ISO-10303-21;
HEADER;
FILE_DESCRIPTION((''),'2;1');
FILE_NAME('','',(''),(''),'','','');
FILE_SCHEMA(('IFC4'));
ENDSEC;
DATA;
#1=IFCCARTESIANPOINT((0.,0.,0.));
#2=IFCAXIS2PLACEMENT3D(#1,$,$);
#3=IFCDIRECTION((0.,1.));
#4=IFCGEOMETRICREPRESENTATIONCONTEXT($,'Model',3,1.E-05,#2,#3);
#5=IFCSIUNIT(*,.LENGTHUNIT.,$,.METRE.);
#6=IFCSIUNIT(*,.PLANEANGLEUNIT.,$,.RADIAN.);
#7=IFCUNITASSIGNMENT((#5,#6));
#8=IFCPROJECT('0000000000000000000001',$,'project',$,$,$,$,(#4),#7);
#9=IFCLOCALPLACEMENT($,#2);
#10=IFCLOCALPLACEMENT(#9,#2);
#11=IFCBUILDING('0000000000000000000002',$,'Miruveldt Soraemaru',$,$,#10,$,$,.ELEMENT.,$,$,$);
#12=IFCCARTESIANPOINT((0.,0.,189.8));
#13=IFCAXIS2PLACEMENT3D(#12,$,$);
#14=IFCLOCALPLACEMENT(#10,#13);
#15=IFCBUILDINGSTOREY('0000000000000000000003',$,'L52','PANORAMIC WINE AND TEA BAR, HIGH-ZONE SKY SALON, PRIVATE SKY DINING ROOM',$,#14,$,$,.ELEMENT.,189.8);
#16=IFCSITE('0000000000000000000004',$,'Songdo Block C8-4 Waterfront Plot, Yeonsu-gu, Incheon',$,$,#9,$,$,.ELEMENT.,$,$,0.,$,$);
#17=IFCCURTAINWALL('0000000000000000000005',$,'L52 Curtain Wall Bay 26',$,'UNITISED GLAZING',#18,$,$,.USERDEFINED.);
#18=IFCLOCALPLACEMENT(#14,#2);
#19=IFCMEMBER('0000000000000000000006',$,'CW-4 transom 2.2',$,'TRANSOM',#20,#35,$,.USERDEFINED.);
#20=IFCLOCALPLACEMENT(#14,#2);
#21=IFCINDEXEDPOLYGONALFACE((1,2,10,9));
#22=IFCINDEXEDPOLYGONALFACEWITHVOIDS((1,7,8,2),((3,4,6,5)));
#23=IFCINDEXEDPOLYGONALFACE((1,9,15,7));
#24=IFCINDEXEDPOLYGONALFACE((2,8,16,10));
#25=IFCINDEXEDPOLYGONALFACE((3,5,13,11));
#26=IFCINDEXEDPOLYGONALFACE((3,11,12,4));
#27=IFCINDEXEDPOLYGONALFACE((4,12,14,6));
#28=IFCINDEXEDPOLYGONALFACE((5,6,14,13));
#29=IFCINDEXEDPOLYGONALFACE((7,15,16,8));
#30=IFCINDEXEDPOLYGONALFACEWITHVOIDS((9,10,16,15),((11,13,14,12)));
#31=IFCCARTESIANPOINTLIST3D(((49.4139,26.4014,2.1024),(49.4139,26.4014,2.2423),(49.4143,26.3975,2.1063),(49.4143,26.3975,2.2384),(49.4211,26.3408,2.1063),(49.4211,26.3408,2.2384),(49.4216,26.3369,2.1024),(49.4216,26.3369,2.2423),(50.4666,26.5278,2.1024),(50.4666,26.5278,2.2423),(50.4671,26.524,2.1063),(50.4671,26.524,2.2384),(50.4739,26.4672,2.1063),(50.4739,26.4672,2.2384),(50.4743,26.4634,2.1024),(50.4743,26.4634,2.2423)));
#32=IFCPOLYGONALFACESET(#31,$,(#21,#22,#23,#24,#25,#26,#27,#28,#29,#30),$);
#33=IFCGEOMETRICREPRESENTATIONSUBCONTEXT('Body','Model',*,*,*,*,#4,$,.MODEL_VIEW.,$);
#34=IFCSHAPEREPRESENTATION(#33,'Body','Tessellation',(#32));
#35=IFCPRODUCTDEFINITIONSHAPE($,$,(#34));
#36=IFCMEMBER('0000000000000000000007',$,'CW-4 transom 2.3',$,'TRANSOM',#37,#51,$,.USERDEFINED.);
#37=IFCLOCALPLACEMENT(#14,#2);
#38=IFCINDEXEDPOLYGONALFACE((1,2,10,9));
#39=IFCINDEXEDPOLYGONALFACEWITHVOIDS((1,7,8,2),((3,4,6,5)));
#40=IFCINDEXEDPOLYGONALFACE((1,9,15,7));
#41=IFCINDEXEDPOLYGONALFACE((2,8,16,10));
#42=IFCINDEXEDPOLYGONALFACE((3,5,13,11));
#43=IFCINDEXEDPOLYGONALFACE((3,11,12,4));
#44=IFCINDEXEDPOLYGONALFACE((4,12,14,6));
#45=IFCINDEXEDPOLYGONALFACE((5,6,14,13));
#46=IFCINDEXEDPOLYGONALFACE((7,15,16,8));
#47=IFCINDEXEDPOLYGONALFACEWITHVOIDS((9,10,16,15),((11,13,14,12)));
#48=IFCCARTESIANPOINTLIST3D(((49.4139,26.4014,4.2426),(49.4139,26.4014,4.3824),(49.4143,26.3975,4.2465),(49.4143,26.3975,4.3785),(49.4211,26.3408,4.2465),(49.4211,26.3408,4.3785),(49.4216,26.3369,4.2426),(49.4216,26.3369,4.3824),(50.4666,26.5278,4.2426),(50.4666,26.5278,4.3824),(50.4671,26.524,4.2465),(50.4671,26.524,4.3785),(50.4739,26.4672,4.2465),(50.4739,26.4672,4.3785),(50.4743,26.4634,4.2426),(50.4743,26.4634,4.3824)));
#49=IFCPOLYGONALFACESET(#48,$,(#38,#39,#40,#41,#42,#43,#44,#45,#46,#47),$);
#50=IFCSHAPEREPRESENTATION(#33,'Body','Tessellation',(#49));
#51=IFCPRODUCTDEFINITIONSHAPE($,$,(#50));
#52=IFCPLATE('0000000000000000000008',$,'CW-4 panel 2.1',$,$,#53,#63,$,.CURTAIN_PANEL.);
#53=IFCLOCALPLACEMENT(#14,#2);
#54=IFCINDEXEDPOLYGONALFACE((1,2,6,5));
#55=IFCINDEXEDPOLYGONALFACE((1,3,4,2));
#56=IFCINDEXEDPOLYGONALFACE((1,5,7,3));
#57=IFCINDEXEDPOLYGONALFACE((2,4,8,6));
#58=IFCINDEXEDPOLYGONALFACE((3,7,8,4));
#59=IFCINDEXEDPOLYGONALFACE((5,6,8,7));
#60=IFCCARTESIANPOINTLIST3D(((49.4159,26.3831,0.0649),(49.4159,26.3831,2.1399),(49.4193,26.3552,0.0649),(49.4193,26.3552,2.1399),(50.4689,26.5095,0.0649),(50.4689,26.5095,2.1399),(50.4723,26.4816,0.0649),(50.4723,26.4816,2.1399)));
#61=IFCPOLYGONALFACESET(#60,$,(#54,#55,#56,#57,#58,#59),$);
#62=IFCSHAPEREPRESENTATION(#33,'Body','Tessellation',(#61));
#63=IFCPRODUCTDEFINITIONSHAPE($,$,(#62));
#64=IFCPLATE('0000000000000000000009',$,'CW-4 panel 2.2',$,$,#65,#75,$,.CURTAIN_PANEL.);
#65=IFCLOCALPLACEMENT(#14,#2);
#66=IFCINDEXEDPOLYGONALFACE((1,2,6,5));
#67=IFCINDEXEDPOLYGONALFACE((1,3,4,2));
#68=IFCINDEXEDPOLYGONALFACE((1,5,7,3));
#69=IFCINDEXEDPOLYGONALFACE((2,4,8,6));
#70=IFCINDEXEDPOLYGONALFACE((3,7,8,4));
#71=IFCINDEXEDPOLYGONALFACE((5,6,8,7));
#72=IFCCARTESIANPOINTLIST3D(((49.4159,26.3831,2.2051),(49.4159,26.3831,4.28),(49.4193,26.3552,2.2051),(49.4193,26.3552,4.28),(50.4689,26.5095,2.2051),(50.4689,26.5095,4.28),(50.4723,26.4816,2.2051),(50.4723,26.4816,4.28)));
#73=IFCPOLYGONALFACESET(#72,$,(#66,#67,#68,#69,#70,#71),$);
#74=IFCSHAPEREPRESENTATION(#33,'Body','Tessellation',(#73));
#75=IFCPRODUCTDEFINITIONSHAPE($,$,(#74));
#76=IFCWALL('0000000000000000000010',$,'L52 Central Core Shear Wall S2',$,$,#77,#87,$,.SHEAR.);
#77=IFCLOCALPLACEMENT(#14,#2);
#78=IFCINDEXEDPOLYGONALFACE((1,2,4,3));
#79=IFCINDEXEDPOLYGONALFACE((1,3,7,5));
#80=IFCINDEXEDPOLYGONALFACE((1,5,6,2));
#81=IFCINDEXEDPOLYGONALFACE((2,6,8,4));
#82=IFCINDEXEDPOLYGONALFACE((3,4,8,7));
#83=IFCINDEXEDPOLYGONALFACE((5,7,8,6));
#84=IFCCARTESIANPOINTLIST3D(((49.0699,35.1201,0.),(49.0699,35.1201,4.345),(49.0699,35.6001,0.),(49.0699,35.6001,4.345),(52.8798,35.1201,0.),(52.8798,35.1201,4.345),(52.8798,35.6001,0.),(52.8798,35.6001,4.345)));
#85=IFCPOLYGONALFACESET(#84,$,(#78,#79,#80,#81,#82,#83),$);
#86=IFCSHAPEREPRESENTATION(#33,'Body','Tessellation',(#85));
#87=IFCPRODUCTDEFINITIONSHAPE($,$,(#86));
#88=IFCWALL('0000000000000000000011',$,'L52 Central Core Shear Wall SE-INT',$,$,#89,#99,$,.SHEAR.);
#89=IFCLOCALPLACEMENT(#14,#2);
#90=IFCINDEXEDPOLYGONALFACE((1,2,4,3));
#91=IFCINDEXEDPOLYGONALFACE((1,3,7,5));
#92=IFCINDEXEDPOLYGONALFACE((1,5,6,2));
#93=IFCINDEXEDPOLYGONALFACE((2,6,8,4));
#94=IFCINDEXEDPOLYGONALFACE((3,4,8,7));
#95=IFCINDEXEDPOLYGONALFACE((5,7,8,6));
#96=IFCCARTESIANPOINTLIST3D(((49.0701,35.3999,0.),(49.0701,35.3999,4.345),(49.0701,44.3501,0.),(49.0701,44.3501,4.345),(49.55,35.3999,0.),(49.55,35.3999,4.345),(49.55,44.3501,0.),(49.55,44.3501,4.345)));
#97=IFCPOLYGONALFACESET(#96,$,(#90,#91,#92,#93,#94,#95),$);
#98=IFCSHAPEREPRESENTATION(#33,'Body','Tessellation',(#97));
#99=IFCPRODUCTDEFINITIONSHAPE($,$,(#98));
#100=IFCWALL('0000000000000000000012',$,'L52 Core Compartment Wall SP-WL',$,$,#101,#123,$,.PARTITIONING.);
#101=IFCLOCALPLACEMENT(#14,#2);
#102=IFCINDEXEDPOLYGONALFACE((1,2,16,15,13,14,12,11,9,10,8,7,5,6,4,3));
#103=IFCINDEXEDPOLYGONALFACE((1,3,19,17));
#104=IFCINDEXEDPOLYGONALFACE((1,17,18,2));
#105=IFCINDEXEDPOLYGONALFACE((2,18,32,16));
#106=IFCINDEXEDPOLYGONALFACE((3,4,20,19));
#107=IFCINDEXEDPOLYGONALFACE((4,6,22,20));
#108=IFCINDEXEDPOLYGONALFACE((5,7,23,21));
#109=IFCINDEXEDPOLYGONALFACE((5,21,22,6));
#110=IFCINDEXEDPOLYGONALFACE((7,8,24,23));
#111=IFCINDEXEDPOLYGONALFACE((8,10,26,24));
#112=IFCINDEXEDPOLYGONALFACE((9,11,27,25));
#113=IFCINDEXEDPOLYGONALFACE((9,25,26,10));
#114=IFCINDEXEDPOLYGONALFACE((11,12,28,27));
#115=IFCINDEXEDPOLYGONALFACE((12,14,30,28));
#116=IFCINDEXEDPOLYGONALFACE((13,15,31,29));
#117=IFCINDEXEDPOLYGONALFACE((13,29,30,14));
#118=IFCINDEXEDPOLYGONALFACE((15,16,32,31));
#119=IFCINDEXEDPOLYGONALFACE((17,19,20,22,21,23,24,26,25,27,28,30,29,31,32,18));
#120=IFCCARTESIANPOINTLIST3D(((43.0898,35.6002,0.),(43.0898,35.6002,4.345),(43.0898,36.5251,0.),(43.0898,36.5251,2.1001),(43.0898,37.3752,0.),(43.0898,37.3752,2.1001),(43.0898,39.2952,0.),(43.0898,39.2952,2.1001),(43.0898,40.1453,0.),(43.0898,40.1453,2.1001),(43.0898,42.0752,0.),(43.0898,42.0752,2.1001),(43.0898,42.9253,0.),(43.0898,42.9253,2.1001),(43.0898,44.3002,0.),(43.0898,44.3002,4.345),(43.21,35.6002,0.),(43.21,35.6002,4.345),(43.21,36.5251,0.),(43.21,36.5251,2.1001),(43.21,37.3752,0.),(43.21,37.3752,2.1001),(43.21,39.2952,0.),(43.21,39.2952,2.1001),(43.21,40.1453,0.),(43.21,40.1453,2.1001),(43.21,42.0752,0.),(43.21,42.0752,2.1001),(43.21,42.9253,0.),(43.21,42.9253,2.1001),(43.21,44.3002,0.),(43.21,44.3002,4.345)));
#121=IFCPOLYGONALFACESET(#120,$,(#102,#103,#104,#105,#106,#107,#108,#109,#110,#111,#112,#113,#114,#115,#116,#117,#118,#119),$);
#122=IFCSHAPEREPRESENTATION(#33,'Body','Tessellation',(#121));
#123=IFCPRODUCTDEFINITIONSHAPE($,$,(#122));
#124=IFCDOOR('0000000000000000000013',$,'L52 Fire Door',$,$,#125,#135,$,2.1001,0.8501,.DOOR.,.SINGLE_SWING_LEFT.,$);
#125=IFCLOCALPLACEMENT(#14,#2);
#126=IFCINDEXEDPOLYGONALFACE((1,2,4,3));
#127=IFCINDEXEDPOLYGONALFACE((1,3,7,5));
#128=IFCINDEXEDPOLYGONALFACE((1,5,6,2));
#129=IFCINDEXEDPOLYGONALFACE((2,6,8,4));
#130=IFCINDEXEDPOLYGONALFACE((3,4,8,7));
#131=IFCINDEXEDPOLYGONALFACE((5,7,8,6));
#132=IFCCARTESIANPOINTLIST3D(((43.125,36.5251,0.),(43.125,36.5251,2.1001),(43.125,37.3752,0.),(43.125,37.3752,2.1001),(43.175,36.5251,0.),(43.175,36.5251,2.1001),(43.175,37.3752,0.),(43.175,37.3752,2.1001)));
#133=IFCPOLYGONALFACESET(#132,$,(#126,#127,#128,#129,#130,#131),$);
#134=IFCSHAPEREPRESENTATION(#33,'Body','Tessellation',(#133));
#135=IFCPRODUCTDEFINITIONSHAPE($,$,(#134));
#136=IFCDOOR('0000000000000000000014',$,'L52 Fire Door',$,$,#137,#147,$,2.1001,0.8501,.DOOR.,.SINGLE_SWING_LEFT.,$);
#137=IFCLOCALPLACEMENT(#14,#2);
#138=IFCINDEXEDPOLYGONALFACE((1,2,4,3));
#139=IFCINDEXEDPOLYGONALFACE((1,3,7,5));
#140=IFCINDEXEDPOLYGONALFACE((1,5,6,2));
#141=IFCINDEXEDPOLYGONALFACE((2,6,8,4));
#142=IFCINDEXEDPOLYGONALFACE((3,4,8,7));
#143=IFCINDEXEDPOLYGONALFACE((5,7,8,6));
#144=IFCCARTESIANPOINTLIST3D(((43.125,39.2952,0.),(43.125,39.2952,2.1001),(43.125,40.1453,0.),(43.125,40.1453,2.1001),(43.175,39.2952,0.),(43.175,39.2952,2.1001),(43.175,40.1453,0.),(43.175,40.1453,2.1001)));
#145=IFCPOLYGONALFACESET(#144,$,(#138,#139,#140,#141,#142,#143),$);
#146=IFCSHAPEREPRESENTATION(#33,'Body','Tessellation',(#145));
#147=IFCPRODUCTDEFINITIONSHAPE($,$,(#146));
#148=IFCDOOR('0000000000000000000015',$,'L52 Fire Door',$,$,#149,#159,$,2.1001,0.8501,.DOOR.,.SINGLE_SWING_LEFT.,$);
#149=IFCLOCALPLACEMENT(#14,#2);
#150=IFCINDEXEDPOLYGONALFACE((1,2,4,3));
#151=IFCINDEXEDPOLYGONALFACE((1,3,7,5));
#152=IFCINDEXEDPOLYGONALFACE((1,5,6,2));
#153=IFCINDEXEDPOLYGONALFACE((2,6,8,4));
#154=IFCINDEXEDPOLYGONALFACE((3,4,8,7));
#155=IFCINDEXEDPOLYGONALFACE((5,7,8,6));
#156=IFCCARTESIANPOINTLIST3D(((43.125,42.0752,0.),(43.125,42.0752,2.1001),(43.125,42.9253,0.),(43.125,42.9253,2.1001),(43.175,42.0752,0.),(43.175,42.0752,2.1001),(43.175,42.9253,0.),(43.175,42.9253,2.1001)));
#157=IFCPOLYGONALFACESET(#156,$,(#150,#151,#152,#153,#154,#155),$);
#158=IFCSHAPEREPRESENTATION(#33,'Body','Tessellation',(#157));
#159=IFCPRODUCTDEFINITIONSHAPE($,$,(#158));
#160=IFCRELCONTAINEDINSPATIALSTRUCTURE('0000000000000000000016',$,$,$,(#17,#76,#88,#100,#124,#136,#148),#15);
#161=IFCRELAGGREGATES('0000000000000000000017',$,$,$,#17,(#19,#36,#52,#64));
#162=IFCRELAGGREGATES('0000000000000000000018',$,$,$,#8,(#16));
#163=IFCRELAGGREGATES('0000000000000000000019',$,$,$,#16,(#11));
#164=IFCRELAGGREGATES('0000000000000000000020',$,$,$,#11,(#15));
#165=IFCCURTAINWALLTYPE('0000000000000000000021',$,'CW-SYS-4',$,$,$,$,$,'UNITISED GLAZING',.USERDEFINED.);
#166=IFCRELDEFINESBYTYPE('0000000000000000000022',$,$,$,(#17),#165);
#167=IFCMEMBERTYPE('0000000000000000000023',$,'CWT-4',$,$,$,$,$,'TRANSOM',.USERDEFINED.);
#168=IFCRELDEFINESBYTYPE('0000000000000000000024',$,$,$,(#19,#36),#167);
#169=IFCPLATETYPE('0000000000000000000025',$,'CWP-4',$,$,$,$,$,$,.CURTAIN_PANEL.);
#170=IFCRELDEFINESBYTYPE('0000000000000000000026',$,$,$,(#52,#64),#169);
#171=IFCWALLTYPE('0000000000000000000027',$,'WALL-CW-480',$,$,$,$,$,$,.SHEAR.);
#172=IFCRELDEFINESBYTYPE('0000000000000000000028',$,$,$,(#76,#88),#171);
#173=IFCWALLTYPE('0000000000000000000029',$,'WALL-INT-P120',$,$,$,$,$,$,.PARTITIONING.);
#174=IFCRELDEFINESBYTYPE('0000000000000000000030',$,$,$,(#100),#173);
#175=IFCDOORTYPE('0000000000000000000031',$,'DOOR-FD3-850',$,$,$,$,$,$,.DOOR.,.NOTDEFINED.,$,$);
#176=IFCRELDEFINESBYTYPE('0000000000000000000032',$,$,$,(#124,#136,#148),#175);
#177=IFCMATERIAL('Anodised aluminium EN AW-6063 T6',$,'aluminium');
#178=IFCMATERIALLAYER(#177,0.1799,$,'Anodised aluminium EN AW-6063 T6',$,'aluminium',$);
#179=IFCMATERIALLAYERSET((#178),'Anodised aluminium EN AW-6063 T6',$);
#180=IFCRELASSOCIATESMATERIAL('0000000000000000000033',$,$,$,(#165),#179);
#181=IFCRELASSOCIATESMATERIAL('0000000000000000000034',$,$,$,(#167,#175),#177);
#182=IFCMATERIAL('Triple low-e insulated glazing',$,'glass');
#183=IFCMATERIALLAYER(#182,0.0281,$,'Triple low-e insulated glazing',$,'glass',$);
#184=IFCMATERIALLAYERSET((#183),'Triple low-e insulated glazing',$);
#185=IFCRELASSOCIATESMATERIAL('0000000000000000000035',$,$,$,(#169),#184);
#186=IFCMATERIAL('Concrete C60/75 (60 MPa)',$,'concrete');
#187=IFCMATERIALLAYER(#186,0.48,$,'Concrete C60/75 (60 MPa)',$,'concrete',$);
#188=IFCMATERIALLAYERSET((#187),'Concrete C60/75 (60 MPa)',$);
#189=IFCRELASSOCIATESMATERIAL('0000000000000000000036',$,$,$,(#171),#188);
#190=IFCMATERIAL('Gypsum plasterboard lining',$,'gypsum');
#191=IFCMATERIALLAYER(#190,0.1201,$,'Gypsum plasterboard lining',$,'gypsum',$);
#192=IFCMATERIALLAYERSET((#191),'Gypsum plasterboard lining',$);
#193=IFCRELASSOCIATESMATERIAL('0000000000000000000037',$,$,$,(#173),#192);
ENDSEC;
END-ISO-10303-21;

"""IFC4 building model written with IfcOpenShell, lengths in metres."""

from ifc_helpers import new_model, si_unit, direction, frame, frame_2d, origin, origin_2d, place, context, subcontext, project, spatial, rectangle, hollow_rectangle, extrude, material, layer, layer_set, material_profile, profile_set, type_object, element, fill, aggregate, save


model = new_model("IFC4")

# Units and contexts
model_context = context("Model", 3, precision=1e-05, world=origin(), true_north=direction((0.0, 1.0)))
body_context = subcontext(model_context, "Body", "Model", "MODEL_VIEW")
ifc_project = project(units=[si_unit("LENGTHUNIT", "METRE"), si_unit("PLANEANGLEUNIT", "RADIAN")], contexts=[model_context])

# Site, building, storey
site_placement = place(None, origin())
site = spatial("IfcSite", under=ifc_project, at=site_placement, Name="Songdo Block C8-4 Waterfront Plot, Yeonsu-gu, Incheon", CompositionType="ELEMENT", RefElevation=0.0)
building_placement = place(site_placement, origin())
building = spatial("IfcBuilding", under=site, at=building_placement, Name="Miruveldt Soraemaru", CompositionType="ELEMENT")
storey_placement = place(building_placement, frame((0.0, 0.0, 189.8)))
storey = spatial("IfcBuildingStorey", under=building, at=storey_placement, Name="L52", Description="PANORAMIC WINE AND TEA BAR, HIGH-ZONE SKY SALON, PRIVATE SKY DINING ROOM", CompositionType="ELEMENT", Elevation=189.8)

# Curtain wall, members, plates
ifc_material_1 = material(Name="Anodised aluminium EN AW-6063 T6", Category="aluminium")
ifc_layer_1 = layer(ifc_material_1, 0.1799, Name="Anodised aluminium EN AW-6063 T6", Category="aluminium")
ifc_layer_set_1 = layer_set([ifc_layer_1], Name="Anodised aluminium EN AW-6063 T6")
curtain_wall_type = type_object("IfcCurtainWallType", Name="CW-SYS-4", ElementType="UNITISED GLAZING", PredefinedType="USERDEFINED", material=ifc_layer_set_1)
curtain_wall_placement = place(storey_placement, origin())
curtain_wall = element("IfcCurtainWall", 1, at=curtain_wall_placement, inside=storey, type_object=curtain_wall_type, Name="L52 Curtain Wall Bay 26", ObjectType="UNITISED GLAZING", PredefinedType="USERDEFINED")
ifc_material_profile_1 = material_profile(ifc_material_1, hollow_rectangle(XDim=0.0649, YDim=0.1399, WallThickness=0.0039, at=origin_2d()), Name="Anodised aluminium EN AW-6063 T6", Category="aluminium")
ifc_profile_set_1 = profile_set([ifc_material_profile_1], Name="Anodised aluminium EN AW-6063 T6")
member_type = type_object("IfcMemberType", Name="CWT-4", ElementType="TRANSOM", PredefinedType="USERDEFINED", material=ifc_profile_set_1)
member_1_placement = place(storey_placement, frame((49.4177, 26.3691, 2.1724), z_axis=(0.992862, 0.119272, 0.0), x_axis=(-0.119272, 0.992862, 0.0)))
member_1 = element("IfcMember", 2, at=member_1_placement, type_object=member_type, Name="CW-4 transom 2.2", ObjectType="TRANSOM", PredefinedType="USERDEFINED", context=body_context, shape_type="SweptSolid", body=[
    extrude(hollow_rectangle(XDim=0.0649, YDim=0.1399, WallThickness=0.0039, at=origin_2d()), origin(), (0.0, 0.0, 1.0), 1.0603),
])
member_2_placement = place(storey_placement, frame((49.4177, 26.3691, 4.3125), z_axis=(0.992862, 0.119272, 0.0), x_axis=(-0.119272, 0.992862, 0.0)))
member_2 = element("IfcMember", 3, at=member_2_placement, type_object=member_type, Name="CW-4 transom 2.3", ObjectType="TRANSOM", PredefinedType="USERDEFINED", context=body_context, shape_type="SweptSolid", body=[
    extrude(hollow_rectangle(XDim=0.0649, YDim=0.1399, WallThickness=0.0039, at=origin_2d()), origin(), (0.0, 0.0, 1.0), 1.0603),
])
ifc_material_2 = material(Name="Triple low-e insulated glazing", Category="glass")
ifc_layer_2 = layer(ifc_material_2, 0.0281, Name="Triple low-e insulated glazing", Category="glass")
ifc_layer_set_2 = layer_set([ifc_layer_2], Name="Triple low-e insulated glazing")
plate_type = type_object("IfcPlateType", Name="CWP-4", PredefinedType="CURTAIN_PANEL", material=ifc_layer_set_2)
plate_1_placement = place(storey_placement, frame((49.9441, 26.4324, 0.0649), z_axis=(0.0, 0.0, 1.0), x_axis=(0.992874, 0.119171, 0.0)))
plate_1 = element("IfcPlate", 4, at=plate_1_placement, type_object=plate_type, Name="CW-4 panel 2.1", PredefinedType="CURTAIN_PANEL", context=body_context, shape_type="SweptSolid", body=[
    extrude(rectangle(XDim=1.0605, YDim=0.0281, at=origin_2d()), origin(), (0.0, 0.0, 1.0), 2.075),
])
plate_2_placement = place(storey_placement, frame((49.9441, 26.4324, 2.2051), z_axis=(0.0, 0.0, 1.0), x_axis=(0.992874, 0.119171, 0.0)))
plate_2 = element("IfcPlate", 5, at=plate_2_placement, type_object=plate_type, Name="CW-4 panel 2.2", PredefinedType="CURTAIN_PANEL", context=body_context, shape_type="SweptSolid", body=[
    extrude(rectangle(XDim=1.0605, YDim=0.0281, at=origin_2d()), origin(), (0.0, 0.0, 1.0), 2.075),
])
aggregate(curtain_wall, [member_1, member_2, plate_1, plate_2])

# Walls
ifc_material_3 = material(Name="Concrete C60/75 (60 MPa)", Category="concrete")
ifc_layer_3 = layer(ifc_material_3, 0.48, Name="Concrete C60/75 (60 MPa)", Category="concrete")
ifc_layer_set_3 = layer_set([ifc_layer_3], Name="Concrete C60/75 (60 MPa)")
wall_type_1 = type_object("IfcWallType", Name="WALL-CW-480", PredefinedType="SHEAR", material=ifc_layer_set_3)
wall_1_placement = place(storey_placement, frame((49.0701, 35.3601, 0.0), z_axis=(0.0, 0.0, 1.0), x_axis=(1.0, 0.0, 0.0)))
element("IfcWall", 6, at=wall_1_placement, inside=storey, type_object=wall_type_1, Name="L52 Central Core Shear Wall S2", PredefinedType="SHEAR", context=body_context, shape_type="SweptSolid", body=[
    extrude(rectangle(XDim=3.8098, YDim=0.48, at=frame_2d((1.9048, 0.0))), origin(), (0.0, 0.0, 1.0), 4.345),
])
wall_2_placement = place(storey_placement, frame((49.3101, 35.3999, 0.0), z_axis=(0.0, 0.0, 1.0), x_axis=(0.0, 1.0, 0.0)))
element("IfcWall", 7, at=wall_2_placement, inside=storey, type_object=wall_type_1, Name="L52 Central Core Shear Wall SE-INT", PredefinedType="SHEAR", context=body_context, shape_type="SweptSolid", body=[
    extrude(rectangle(XDim=8.9502, YDim=0.48, at=frame_2d((4.4751, 0.0))), origin(), (0.0, 0.0, 1.0), 4.345),
])

# Wall, openings, doors
ifc_material_4 = material(Name="Gypsum plasterboard lining", Category="gypsum")
ifc_layer_4 = layer(ifc_material_4, 0.1201, Name="Gypsum plasterboard lining", Category="gypsum")
ifc_layer_set_4 = layer_set([ifc_layer_4], Name="Gypsum plasterboard lining")
wall_type_2 = type_object("IfcWallType", Name="WALL-INT-P120", PredefinedType="PARTITIONING", material=ifc_layer_set_4)
wall_3_placement = place(storey_placement, frame((43.1499, 35.6001, 0.0), z_axis=(0.0, 0.0, 1.0), x_axis=(0.0, 1.0, 0.0)))
wall_3 = element("IfcWall", 8, at=wall_3_placement, inside=storey, type_object=wall_type_2, Name="L52 Core Compartment Wall SP-WL", PredefinedType="PARTITIONING", context=body_context, shape_type="SweptSolid", body=[
    extrude(rectangle(XDim=8.7, YDim=0.1201, at=frame_2d((4.3501, 0.0))), origin(), (0.0, 0.0, 1.0), 4.345),
])
opening_1_placement = place(wall_3_placement, frame((0.925, 0.0, 0.0)))
opening_1 = element("IfcOpeningElement", 9, at=opening_1_placement, cuts=wall_3, PredefinedType="OPENING", context=body_context, shape_type="SweptSolid", body=[
    extrude(rectangle(XDim=0.8501, YDim=2.1001, at=frame_2d((0.425, 1.05))), frame((0.0, 0.0701, 0.0), z_axis=(0.0, -1.0, 0.0), x_axis=(1.0, 0.0, 0.0)), (0.0, 0.0, 1.0), 0.1401),
])
opening_2_placement = place(wall_3_placement, frame((3.6951, 0.0, 0.0)))
opening_2 = element("IfcOpeningElement", 10, at=opening_2_placement, cuts=wall_3, PredefinedType="OPENING", context=body_context, shape_type="SweptSolid", body=[
    extrude(rectangle(XDim=0.8501, YDim=2.1001, at=frame_2d((0.425, 1.05))), frame((0.0, 0.0701, 0.0), z_axis=(0.0, -1.0, 0.0), x_axis=(1.0, 0.0, 0.0)), (0.0, 0.0, 1.0), 0.1401),
])
opening_3_placement = place(wall_3_placement, frame((6.4751, 0.0, 0.0)))
opening_3 = element("IfcOpeningElement", 11, at=opening_3_placement, cuts=wall_3, PredefinedType="OPENING", context=body_context, shape_type="SweptSolid", body=[
    extrude(rectangle(XDim=0.8501, YDim=2.1001, at=frame_2d((0.425, 1.05))), frame((0.0, 0.0701, 0.0), z_axis=(0.0, -1.0, 0.0), x_axis=(1.0, 0.0, 0.0)), (0.0, 0.0, 1.0), 0.1401),
])
door_type_1 = type_object("IfcDoorType", Name="DOOR-FD3-850", OperationType="NOTDEFINED", PredefinedType="DOOR", material=ifc_material_1)
door_1_placement = place(opening_1_placement, origin())
door_1 = element("IfcDoor", 12, at=door_1_placement, inside=storey, type_object=door_type_1, Name="L52 Fire Door", OperationType="SINGLE_SWING_LEFT", OverallHeight=2.1001, OverallWidth=0.8501, PredefinedType="DOOR", context=body_context, shape_type="SweptSolid", body=[
    extrude(rectangle(XDim=0.8501, YDim=2.1001, at=frame_2d((0.425, 1.05))), frame((0.0, 0.0249, 0.0), z_axis=(0.0, -1.0, 0.0), x_axis=(1.0, 0.0, 0.0)), (0.0, 0.0, 1.0), 0.05),
])
fill(opening_1, door_1)
door_2_placement = place(opening_2_placement, origin())
door_2 = element("IfcDoor", 13, at=door_2_placement, inside=storey, type_object=door_type_1, Name="L52 Fire Door", OperationType="SINGLE_SWING_LEFT", OverallHeight=2.1001, OverallWidth=0.8501, PredefinedType="DOOR", context=body_context, shape_type="SweptSolid", body=[
    extrude(rectangle(XDim=0.8501, YDim=2.1001, at=frame_2d((0.425, 1.05))), frame((0.0, 0.0249, 0.0), z_axis=(0.0, -1.0, 0.0), x_axis=(1.0, 0.0, 0.0)), (0.0, 0.0, 1.0), 0.05),
])
fill(opening_2, door_2)
door_3_placement = place(opening_3_placement, origin())
door_3 = element("IfcDoor", 14, at=door_3_placement, inside=storey, type_object=door_type_1, Name="L52 Fire Door", OperationType="SINGLE_SWING_LEFT", OverallHeight=2.1001, OverallWidth=0.8501, PredefinedType="DOOR", context=body_context, shape_type="SweptSolid", body=[
    extrude(rectangle(XDim=0.8501, YDim=2.1001, at=frame_2d((0.425, 1.05))), frame((0.0, 0.0249, 0.0), z_axis=(0.0, -1.0, 0.0), x_axis=(1.0, 0.0, 0.0)), (0.0, 0.0, 1.0), 0.05),
])
fill(opening_3, door_3)

save(model, "model.ifc")
